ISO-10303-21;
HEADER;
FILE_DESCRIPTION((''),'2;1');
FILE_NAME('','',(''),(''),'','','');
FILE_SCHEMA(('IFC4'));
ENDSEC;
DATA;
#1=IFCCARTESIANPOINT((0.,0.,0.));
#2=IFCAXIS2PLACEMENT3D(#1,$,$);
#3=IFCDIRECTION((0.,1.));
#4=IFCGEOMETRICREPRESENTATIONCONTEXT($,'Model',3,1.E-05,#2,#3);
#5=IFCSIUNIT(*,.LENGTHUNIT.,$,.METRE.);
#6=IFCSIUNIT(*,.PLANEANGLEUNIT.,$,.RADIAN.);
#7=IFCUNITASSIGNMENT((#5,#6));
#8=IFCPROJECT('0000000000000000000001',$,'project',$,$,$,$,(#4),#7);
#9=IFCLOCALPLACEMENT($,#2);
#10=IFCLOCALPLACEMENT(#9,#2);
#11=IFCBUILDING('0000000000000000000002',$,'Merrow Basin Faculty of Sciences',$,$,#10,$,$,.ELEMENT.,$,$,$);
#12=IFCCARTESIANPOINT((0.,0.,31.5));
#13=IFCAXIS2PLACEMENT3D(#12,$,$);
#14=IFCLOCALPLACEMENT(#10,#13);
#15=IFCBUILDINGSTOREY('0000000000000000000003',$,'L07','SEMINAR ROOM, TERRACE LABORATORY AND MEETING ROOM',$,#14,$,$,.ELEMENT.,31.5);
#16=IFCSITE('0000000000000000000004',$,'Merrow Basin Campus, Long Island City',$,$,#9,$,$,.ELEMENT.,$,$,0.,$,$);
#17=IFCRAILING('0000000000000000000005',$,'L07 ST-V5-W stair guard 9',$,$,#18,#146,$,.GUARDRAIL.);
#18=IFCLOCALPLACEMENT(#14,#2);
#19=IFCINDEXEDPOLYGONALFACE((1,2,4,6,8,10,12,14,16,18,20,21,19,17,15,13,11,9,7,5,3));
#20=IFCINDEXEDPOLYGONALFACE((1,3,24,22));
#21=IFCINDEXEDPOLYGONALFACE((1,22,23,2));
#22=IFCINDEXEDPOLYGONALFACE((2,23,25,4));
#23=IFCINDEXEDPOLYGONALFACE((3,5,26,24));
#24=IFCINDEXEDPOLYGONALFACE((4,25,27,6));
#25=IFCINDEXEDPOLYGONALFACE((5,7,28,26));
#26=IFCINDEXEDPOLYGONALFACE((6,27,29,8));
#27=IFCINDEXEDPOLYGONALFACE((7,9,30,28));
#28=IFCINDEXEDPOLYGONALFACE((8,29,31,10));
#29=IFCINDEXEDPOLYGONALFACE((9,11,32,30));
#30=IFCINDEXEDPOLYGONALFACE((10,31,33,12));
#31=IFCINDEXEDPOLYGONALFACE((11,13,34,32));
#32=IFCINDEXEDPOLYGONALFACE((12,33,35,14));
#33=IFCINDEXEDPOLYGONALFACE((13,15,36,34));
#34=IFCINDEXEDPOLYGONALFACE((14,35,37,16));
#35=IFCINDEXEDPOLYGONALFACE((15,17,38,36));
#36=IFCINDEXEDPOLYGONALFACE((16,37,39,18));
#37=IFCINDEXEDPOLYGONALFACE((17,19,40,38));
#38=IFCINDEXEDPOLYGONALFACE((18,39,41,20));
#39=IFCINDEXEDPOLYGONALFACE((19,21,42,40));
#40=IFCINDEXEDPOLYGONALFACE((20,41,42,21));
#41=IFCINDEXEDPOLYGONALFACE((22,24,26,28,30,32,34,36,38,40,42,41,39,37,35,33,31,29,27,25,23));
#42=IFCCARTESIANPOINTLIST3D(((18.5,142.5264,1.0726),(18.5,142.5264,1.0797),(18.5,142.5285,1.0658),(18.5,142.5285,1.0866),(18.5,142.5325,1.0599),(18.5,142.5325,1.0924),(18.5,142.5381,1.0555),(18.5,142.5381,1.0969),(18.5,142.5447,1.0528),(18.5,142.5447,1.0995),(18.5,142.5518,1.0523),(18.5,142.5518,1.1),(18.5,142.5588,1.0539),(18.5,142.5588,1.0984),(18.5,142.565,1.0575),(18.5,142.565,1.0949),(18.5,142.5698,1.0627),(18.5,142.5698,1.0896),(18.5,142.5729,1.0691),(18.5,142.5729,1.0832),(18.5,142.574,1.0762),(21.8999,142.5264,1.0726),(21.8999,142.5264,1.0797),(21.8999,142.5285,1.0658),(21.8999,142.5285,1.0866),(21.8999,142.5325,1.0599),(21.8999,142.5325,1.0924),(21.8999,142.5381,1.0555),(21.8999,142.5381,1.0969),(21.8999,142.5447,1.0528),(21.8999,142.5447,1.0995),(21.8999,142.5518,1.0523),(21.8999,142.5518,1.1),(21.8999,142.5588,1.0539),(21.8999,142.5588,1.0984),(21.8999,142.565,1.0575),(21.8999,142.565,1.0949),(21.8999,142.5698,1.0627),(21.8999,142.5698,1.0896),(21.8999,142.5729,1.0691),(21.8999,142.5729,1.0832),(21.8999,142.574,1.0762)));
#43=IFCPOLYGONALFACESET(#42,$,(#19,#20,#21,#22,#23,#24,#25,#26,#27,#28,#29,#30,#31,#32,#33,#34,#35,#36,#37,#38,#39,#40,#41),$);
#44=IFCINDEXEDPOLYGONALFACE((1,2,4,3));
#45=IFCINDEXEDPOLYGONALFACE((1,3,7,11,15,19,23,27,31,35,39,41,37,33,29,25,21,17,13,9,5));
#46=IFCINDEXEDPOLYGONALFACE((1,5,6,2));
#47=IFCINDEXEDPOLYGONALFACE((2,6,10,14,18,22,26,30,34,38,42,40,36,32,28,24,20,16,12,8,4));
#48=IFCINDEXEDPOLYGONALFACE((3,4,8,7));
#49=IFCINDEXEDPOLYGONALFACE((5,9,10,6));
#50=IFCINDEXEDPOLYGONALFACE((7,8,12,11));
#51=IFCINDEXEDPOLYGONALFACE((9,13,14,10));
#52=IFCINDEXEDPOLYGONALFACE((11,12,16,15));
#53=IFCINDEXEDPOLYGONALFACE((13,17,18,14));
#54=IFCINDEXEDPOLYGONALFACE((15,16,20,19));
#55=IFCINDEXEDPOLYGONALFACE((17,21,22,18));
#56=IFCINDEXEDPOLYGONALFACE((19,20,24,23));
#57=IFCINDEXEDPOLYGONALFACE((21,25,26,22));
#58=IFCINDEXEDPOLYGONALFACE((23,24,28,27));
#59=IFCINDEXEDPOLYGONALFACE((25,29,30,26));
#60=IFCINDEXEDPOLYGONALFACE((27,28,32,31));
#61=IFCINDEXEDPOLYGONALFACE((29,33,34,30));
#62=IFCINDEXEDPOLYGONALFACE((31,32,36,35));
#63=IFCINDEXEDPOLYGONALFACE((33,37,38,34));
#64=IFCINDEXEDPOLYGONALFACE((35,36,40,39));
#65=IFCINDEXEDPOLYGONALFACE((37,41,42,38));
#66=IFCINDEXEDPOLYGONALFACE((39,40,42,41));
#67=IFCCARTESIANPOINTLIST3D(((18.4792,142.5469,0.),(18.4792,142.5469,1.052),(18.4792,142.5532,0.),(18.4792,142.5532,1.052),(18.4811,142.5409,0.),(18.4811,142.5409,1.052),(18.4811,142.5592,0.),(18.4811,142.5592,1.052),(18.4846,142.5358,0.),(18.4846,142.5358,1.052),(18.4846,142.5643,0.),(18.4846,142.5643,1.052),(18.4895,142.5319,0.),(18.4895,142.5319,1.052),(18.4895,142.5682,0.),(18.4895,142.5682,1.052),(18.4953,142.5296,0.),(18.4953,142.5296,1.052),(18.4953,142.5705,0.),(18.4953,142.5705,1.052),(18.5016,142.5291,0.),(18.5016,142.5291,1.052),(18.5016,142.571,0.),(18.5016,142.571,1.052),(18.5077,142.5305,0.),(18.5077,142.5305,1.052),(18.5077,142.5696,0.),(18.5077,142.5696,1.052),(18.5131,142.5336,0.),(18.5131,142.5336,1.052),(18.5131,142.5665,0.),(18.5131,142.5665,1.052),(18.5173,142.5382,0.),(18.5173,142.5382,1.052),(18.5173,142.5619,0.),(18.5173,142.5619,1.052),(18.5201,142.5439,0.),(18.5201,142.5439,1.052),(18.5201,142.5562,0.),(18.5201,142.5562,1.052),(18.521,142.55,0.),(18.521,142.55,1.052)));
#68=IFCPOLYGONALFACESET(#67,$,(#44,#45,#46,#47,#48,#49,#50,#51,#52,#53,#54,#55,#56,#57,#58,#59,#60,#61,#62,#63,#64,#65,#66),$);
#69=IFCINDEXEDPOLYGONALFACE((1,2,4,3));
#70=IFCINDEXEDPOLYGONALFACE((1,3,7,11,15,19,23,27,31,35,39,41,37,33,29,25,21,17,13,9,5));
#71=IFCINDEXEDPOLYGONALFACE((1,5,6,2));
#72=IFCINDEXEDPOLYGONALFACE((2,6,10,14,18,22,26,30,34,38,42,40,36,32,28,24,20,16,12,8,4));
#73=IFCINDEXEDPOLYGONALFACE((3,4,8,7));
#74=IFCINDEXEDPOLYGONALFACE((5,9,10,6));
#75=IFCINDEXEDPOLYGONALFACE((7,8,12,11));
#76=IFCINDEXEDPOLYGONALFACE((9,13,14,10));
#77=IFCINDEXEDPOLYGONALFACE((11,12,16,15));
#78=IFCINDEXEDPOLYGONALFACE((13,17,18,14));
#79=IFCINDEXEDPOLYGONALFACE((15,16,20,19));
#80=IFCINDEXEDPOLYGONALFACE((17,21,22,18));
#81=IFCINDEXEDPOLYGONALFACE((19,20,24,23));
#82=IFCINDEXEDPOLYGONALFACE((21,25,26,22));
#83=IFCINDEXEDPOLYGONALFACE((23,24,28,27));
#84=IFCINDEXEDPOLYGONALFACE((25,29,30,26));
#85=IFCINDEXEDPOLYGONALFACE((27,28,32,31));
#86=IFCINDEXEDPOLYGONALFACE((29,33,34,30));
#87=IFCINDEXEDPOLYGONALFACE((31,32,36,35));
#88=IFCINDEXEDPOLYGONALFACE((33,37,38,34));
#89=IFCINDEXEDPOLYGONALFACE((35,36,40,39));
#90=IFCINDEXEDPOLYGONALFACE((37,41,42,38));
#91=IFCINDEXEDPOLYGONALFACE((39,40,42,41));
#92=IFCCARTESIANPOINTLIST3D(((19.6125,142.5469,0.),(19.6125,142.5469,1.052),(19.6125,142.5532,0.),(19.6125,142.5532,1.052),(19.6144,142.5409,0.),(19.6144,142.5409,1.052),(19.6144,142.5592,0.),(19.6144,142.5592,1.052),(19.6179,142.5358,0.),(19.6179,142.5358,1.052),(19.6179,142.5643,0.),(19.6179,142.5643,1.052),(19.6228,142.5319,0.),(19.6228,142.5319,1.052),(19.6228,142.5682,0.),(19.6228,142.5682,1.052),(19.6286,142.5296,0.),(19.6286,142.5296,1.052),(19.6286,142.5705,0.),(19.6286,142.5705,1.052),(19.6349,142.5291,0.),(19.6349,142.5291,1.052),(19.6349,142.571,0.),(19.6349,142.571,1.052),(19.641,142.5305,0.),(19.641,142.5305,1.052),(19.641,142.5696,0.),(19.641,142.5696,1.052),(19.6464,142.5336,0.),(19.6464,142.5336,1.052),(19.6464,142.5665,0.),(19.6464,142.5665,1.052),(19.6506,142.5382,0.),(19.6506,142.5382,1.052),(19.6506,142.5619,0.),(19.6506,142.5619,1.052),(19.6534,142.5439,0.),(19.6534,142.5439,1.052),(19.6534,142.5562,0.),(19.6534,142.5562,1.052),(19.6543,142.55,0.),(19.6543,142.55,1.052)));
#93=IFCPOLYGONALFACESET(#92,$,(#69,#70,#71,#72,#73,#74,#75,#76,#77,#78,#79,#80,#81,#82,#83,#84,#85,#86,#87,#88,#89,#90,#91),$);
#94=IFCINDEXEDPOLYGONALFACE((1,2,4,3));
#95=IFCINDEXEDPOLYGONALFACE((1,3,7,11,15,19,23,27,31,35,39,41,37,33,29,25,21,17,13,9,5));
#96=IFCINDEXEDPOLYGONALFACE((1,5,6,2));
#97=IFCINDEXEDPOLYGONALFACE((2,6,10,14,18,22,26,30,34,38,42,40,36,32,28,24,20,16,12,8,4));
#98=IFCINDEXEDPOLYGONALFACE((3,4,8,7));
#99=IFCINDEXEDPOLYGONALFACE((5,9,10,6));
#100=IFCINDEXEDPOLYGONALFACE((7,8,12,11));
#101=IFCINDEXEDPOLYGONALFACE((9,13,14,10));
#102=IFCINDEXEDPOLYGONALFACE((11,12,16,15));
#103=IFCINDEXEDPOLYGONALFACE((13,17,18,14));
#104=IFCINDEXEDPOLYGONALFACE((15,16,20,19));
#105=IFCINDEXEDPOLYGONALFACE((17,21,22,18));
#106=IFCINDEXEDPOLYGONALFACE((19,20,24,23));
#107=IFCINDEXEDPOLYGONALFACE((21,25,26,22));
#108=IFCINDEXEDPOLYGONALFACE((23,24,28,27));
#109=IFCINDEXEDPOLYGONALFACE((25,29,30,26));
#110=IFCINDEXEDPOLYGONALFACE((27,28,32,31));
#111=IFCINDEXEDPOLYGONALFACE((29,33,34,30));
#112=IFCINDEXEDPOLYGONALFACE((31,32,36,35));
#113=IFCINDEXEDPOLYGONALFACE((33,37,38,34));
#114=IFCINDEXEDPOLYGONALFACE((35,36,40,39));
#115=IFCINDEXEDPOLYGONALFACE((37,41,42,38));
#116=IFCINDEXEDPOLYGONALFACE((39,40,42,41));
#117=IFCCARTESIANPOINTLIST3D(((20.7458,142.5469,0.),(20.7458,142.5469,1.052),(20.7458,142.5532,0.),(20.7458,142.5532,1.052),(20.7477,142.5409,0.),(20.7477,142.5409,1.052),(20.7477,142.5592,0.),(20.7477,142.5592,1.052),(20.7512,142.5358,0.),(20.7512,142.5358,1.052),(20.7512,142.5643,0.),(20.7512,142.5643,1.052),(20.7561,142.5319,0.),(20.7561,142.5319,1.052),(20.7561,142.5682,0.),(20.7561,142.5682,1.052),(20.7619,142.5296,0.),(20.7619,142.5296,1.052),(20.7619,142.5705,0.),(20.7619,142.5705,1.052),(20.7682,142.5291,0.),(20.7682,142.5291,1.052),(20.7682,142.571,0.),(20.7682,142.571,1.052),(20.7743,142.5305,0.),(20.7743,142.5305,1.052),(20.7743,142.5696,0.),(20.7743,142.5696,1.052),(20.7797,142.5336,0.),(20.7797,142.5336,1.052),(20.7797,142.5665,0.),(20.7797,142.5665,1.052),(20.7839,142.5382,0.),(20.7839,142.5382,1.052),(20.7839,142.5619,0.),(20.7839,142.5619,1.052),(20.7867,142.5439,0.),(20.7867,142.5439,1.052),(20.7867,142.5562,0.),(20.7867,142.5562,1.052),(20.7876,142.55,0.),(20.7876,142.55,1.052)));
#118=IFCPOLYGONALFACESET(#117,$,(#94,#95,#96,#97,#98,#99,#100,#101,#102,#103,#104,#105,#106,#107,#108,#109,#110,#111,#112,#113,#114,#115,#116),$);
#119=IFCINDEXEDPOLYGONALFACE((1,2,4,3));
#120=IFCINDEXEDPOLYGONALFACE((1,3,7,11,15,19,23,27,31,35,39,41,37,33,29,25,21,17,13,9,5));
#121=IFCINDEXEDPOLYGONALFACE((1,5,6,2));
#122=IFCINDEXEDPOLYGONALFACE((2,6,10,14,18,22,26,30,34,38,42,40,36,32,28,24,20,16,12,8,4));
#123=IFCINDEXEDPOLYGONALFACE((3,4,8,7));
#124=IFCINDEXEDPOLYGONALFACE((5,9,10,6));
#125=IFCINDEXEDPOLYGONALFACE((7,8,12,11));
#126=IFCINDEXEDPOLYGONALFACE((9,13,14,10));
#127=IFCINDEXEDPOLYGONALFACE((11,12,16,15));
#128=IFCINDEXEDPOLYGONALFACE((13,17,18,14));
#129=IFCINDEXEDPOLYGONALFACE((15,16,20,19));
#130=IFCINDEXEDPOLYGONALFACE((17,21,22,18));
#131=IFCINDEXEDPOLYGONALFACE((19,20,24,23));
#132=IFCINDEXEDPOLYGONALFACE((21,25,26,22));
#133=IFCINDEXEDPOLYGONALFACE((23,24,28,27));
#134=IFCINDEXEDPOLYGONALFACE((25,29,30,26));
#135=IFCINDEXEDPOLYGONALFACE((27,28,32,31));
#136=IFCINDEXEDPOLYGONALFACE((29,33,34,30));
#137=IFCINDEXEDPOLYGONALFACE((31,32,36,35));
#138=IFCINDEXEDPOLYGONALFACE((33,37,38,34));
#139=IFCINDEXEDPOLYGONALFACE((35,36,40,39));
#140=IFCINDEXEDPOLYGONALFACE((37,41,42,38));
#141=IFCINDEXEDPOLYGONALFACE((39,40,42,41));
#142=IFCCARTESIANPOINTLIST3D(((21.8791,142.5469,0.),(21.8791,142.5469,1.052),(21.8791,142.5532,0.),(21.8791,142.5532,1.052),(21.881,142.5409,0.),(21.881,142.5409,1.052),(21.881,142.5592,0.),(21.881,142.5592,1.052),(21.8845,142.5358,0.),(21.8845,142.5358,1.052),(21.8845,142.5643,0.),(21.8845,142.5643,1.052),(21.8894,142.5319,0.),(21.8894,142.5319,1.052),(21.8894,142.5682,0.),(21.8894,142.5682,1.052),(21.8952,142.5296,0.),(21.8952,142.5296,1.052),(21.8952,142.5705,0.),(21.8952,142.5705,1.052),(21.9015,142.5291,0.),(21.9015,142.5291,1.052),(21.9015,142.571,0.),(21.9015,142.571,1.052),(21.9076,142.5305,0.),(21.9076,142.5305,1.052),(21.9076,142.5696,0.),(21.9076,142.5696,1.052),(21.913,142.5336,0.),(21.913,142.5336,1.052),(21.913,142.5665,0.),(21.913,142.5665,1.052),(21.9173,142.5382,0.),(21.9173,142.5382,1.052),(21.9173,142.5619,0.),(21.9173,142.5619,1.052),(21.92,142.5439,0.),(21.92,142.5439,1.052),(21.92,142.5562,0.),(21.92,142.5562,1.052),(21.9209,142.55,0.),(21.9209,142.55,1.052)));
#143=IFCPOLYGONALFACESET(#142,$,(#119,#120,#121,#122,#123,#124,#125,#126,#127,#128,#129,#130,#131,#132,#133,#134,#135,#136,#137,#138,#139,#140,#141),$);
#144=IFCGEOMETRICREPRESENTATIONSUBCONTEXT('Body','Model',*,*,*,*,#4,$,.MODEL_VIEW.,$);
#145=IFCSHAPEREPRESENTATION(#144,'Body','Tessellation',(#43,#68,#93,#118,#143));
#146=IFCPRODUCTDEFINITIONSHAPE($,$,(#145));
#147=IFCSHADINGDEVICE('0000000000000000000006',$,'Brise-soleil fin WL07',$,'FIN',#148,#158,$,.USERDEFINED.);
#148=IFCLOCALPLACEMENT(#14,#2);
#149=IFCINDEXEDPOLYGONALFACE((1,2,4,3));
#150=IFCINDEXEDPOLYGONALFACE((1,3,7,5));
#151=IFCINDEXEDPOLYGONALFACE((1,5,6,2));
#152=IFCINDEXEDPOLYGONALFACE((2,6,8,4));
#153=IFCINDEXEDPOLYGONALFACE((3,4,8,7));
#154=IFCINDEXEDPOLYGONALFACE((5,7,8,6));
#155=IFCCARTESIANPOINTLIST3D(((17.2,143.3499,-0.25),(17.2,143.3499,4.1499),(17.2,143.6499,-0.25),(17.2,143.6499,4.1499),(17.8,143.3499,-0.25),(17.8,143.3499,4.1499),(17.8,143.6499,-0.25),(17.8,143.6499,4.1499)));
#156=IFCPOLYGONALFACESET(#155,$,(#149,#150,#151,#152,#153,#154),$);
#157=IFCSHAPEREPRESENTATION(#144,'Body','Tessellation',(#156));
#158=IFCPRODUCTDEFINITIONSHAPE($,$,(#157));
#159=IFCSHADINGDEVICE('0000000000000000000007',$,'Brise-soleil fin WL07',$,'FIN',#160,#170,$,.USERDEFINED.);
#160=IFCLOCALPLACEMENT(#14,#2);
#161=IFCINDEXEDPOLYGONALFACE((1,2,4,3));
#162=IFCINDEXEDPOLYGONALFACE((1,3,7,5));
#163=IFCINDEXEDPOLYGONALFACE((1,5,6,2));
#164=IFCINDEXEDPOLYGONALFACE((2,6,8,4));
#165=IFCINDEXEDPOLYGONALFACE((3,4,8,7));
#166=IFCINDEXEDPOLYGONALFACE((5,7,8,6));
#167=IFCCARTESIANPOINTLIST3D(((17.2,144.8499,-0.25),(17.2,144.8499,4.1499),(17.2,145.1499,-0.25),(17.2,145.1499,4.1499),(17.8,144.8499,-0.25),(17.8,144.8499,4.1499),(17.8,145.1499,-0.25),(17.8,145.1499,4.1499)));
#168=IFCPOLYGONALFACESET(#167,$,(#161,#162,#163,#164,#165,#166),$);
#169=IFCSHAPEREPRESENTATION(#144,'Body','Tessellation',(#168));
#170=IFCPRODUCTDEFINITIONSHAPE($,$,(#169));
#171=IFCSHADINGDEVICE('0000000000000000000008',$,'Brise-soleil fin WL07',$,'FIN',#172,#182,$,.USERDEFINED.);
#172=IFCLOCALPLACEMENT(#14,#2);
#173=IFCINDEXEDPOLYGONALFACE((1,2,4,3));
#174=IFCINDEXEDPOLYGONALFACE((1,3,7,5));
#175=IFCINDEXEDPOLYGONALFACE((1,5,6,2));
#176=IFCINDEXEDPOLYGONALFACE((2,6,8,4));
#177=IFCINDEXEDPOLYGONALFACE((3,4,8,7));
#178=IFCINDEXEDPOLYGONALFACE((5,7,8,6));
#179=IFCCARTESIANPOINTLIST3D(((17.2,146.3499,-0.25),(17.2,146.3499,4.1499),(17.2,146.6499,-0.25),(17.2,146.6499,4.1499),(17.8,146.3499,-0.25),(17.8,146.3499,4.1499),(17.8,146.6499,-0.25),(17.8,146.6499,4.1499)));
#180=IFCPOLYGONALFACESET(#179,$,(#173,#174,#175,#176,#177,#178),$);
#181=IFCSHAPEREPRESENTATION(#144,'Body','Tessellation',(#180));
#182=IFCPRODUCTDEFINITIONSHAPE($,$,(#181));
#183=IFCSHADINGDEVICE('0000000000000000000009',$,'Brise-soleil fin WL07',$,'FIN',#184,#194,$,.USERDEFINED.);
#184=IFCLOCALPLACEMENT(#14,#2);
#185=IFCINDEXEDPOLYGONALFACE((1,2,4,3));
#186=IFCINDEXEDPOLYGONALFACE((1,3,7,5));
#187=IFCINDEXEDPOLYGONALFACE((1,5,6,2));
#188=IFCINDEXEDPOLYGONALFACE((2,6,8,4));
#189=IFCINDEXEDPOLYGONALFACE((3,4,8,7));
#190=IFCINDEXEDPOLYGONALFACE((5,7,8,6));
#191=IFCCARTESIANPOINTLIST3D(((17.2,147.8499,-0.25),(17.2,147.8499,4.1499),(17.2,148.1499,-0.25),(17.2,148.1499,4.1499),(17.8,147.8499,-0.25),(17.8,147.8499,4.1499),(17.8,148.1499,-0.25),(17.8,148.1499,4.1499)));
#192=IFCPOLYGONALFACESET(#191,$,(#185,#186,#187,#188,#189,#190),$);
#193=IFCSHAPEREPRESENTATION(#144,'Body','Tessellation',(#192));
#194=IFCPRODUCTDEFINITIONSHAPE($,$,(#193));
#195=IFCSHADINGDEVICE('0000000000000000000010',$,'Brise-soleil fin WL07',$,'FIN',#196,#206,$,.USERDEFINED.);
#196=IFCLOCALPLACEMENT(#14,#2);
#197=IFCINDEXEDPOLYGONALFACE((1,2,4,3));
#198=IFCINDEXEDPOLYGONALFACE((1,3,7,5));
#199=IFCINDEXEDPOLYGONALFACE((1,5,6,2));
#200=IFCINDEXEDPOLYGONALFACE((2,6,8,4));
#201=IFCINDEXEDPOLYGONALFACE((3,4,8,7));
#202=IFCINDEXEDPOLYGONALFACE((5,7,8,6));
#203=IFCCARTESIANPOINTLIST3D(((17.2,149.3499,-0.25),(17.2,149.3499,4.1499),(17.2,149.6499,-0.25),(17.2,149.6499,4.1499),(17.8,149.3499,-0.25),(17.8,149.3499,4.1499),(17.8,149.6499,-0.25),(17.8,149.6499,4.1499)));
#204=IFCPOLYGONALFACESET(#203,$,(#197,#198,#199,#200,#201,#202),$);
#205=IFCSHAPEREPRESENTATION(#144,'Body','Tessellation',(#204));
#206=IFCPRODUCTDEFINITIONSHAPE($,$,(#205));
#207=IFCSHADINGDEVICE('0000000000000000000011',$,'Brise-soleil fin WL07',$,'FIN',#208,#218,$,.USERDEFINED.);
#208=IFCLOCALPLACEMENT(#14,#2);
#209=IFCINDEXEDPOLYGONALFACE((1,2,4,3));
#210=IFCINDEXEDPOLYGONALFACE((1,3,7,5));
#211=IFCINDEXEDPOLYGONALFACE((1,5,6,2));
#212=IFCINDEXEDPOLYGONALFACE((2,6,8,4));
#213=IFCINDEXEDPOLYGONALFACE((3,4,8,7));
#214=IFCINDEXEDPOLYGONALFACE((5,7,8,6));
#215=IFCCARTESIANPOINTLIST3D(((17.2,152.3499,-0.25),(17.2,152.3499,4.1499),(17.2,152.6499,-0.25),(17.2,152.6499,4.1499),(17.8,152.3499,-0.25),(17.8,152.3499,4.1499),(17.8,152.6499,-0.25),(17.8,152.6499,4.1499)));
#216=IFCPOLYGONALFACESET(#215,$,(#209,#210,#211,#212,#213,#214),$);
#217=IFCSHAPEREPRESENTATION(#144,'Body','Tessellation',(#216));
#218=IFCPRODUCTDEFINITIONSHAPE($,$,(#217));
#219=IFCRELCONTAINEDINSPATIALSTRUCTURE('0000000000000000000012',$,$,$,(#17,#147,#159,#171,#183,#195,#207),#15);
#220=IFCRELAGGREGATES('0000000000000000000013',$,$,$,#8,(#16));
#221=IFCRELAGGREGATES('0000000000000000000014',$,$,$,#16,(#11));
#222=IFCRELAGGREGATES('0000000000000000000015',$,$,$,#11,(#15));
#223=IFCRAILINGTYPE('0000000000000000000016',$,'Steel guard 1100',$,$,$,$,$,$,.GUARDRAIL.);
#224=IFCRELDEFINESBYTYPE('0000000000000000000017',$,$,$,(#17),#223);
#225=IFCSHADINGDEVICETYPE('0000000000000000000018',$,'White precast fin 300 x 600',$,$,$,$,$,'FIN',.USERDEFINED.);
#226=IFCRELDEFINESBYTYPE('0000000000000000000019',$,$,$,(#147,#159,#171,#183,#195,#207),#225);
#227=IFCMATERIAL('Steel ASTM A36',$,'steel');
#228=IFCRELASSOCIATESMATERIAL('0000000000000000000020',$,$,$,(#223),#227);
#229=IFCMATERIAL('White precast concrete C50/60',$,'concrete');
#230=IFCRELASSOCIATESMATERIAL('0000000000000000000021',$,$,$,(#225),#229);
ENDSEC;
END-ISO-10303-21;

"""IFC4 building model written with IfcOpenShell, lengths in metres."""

from ifc_helpers import new_model, si_unit, direction, frame, origin, origin_2d, place, context, subcontext, project, spatial, polyline, circle, outline, extrude, source, transform, mapped, material, type_object, element, save


model = new_model("IFC4")

# Units and contexts
model_context = context("Model", 3, precision=1e-05, world=origin(), true_north=direction((0.0, 1.0)))
body_context = subcontext(model_context, "Body", "Model", "MODEL_VIEW")
ifc_project = project(units=[si_unit("LENGTHUNIT", "METRE"), si_unit("PLANEANGLEUNIT", "RADIAN")], contexts=[model_context])

# Site, building, storey
site_placement = place(None, origin())
site = spatial("IfcSite", under=ifc_project, at=site_placement, Name="Merrow Basin Campus, Long Island City", CompositionType="ELEMENT", RefElevation=0.0)
building_placement = place(site_placement, origin())
building = spatial("IfcBuilding", under=site, at=building_placement, Name="Merrow Basin Faculty of Sciences", CompositionType="ELEMENT")
storey_placement = place(building_placement, frame((0.0, 0.0, 31.5)))
storey = spatial("IfcBuildingStorey", under=building, at=storey_placement, Name="L07", Description="SEMINAR ROOM, TERRACE LABORATORY AND MEETING ROOM", CompositionType="ELEMENT", Elevation=31.5)

# Railing
ifc_material_1 = material(Name="Steel ASTM A36", Category="steel")
railing_type = type_object("IfcRailingType", Name="Steel guard 1100", PredefinedType="GUARDRAIL", material=ifc_material_1)
railing_1_placement = place(storey_placement, frame((18.5, 142.55, 0.0)))
element("IfcRailing", 1, at=railing_1_placement, inside=storey, type_object=railing_type, Name="L07 ST-V5-W stair guard 9", PredefinedType="GUARDRAIL", context=body_context, shape_type="SweptSolid", body=[
    extrude(circle(Radius=0.0239, at=origin_2d()), frame((0.0, 0.0, 1.0762), z_axis=(1.0, 0.0, 0.0), x_axis=(0.0, 1.0, 0.0)), (0.0, 0.0, 1.0), 3.3999),
    extrude(circle(Radius=0.021, at=origin_2d()), origin(), (0.0, 0.0, 1.0), 1.052),
    extrude(circle(Radius=0.021, at=origin_2d()), frame((1.1333, 0.0, 0.0)), (0.0, 0.0, 1.0), 1.052),
    extrude(circle(Radius=0.021, at=origin_2d()), frame((2.2666, 0.0, 0.0)), (0.0, 0.0, 1.0), 1.052),
    extrude(circle(Radius=0.021, at=origin_2d()), frame((3.3999, 0.0, 0.0)), (0.0, 0.0, 1.0), 1.052),
])

# Shading devices
ifc_material_2 = material(Name="White precast concrete C50/60", Category="concrete")
shading_device_type = type_object("IfcShadingDeviceType", Name="White precast fin 300 x 600", ElementType="FIN", PredefinedType="USERDEFINED", material=ifc_material_2)
shared_shape_1 = source(origin(), body_context, "Body", "SweptSolid", [
    extrude(outline(polyline([(0.0, 0.0), (0.3, 0.0), (0.3, 4.3999), (0.0, 4.3999), (0.0, 0.0)])), origin(), (0.0, 0.0, 1.0), 0.6001),
])
for number, where, z_axis, x_axis, name in (
    (2, (17.8, 143.6499, -0.25), (-1.0, 0.0, 0.0), (0.0, -1.0, 0.0), "Brise-soleil fin WL07"),
    (3, (17.8, 145.1499, -0.25), (-1.0, 0.0, 0.0), (0.0, -1.0, 0.0), "Brise-soleil fin WL07"),
    (4, (17.8, 146.6499, -0.25), (-1.0, 0.0, 0.0), (0.0, -1.0, 0.0), "Brise-soleil fin WL07"),
    (5, (17.8, 148.1499, -0.25), (-1.0, 0.0, 0.0), (0.0, -1.0, 0.0), "Brise-soleil fin WL07"),
    (6, (17.8, 149.6499, -0.25), (-1.0, 0.0, 0.0), (0.0, -1.0, 0.0), "Brise-soleil fin WL07"),
    (7, (17.8, 152.6499, -0.25), (-1.0, 0.0, 0.0), (0.0, -1.0, 0.0), "Brise-soleil fin WL07"),
):
    element("IfcShadingDevice", number, at=place(storey_placement, frame(where, z_axis=z_axis, x_axis=x_axis)), inside=storey, type_object=shading_device_type, Name=name, ObjectType="FIN", PredefinedType="USERDEFINED", context=body_context, shape_type="MappedRepresentation", body=[
        mapped(shared_shape_1, transform((0.0, 0.0, 0.0), scale=1.0)),
    ])

save(model, "model.ifc")
